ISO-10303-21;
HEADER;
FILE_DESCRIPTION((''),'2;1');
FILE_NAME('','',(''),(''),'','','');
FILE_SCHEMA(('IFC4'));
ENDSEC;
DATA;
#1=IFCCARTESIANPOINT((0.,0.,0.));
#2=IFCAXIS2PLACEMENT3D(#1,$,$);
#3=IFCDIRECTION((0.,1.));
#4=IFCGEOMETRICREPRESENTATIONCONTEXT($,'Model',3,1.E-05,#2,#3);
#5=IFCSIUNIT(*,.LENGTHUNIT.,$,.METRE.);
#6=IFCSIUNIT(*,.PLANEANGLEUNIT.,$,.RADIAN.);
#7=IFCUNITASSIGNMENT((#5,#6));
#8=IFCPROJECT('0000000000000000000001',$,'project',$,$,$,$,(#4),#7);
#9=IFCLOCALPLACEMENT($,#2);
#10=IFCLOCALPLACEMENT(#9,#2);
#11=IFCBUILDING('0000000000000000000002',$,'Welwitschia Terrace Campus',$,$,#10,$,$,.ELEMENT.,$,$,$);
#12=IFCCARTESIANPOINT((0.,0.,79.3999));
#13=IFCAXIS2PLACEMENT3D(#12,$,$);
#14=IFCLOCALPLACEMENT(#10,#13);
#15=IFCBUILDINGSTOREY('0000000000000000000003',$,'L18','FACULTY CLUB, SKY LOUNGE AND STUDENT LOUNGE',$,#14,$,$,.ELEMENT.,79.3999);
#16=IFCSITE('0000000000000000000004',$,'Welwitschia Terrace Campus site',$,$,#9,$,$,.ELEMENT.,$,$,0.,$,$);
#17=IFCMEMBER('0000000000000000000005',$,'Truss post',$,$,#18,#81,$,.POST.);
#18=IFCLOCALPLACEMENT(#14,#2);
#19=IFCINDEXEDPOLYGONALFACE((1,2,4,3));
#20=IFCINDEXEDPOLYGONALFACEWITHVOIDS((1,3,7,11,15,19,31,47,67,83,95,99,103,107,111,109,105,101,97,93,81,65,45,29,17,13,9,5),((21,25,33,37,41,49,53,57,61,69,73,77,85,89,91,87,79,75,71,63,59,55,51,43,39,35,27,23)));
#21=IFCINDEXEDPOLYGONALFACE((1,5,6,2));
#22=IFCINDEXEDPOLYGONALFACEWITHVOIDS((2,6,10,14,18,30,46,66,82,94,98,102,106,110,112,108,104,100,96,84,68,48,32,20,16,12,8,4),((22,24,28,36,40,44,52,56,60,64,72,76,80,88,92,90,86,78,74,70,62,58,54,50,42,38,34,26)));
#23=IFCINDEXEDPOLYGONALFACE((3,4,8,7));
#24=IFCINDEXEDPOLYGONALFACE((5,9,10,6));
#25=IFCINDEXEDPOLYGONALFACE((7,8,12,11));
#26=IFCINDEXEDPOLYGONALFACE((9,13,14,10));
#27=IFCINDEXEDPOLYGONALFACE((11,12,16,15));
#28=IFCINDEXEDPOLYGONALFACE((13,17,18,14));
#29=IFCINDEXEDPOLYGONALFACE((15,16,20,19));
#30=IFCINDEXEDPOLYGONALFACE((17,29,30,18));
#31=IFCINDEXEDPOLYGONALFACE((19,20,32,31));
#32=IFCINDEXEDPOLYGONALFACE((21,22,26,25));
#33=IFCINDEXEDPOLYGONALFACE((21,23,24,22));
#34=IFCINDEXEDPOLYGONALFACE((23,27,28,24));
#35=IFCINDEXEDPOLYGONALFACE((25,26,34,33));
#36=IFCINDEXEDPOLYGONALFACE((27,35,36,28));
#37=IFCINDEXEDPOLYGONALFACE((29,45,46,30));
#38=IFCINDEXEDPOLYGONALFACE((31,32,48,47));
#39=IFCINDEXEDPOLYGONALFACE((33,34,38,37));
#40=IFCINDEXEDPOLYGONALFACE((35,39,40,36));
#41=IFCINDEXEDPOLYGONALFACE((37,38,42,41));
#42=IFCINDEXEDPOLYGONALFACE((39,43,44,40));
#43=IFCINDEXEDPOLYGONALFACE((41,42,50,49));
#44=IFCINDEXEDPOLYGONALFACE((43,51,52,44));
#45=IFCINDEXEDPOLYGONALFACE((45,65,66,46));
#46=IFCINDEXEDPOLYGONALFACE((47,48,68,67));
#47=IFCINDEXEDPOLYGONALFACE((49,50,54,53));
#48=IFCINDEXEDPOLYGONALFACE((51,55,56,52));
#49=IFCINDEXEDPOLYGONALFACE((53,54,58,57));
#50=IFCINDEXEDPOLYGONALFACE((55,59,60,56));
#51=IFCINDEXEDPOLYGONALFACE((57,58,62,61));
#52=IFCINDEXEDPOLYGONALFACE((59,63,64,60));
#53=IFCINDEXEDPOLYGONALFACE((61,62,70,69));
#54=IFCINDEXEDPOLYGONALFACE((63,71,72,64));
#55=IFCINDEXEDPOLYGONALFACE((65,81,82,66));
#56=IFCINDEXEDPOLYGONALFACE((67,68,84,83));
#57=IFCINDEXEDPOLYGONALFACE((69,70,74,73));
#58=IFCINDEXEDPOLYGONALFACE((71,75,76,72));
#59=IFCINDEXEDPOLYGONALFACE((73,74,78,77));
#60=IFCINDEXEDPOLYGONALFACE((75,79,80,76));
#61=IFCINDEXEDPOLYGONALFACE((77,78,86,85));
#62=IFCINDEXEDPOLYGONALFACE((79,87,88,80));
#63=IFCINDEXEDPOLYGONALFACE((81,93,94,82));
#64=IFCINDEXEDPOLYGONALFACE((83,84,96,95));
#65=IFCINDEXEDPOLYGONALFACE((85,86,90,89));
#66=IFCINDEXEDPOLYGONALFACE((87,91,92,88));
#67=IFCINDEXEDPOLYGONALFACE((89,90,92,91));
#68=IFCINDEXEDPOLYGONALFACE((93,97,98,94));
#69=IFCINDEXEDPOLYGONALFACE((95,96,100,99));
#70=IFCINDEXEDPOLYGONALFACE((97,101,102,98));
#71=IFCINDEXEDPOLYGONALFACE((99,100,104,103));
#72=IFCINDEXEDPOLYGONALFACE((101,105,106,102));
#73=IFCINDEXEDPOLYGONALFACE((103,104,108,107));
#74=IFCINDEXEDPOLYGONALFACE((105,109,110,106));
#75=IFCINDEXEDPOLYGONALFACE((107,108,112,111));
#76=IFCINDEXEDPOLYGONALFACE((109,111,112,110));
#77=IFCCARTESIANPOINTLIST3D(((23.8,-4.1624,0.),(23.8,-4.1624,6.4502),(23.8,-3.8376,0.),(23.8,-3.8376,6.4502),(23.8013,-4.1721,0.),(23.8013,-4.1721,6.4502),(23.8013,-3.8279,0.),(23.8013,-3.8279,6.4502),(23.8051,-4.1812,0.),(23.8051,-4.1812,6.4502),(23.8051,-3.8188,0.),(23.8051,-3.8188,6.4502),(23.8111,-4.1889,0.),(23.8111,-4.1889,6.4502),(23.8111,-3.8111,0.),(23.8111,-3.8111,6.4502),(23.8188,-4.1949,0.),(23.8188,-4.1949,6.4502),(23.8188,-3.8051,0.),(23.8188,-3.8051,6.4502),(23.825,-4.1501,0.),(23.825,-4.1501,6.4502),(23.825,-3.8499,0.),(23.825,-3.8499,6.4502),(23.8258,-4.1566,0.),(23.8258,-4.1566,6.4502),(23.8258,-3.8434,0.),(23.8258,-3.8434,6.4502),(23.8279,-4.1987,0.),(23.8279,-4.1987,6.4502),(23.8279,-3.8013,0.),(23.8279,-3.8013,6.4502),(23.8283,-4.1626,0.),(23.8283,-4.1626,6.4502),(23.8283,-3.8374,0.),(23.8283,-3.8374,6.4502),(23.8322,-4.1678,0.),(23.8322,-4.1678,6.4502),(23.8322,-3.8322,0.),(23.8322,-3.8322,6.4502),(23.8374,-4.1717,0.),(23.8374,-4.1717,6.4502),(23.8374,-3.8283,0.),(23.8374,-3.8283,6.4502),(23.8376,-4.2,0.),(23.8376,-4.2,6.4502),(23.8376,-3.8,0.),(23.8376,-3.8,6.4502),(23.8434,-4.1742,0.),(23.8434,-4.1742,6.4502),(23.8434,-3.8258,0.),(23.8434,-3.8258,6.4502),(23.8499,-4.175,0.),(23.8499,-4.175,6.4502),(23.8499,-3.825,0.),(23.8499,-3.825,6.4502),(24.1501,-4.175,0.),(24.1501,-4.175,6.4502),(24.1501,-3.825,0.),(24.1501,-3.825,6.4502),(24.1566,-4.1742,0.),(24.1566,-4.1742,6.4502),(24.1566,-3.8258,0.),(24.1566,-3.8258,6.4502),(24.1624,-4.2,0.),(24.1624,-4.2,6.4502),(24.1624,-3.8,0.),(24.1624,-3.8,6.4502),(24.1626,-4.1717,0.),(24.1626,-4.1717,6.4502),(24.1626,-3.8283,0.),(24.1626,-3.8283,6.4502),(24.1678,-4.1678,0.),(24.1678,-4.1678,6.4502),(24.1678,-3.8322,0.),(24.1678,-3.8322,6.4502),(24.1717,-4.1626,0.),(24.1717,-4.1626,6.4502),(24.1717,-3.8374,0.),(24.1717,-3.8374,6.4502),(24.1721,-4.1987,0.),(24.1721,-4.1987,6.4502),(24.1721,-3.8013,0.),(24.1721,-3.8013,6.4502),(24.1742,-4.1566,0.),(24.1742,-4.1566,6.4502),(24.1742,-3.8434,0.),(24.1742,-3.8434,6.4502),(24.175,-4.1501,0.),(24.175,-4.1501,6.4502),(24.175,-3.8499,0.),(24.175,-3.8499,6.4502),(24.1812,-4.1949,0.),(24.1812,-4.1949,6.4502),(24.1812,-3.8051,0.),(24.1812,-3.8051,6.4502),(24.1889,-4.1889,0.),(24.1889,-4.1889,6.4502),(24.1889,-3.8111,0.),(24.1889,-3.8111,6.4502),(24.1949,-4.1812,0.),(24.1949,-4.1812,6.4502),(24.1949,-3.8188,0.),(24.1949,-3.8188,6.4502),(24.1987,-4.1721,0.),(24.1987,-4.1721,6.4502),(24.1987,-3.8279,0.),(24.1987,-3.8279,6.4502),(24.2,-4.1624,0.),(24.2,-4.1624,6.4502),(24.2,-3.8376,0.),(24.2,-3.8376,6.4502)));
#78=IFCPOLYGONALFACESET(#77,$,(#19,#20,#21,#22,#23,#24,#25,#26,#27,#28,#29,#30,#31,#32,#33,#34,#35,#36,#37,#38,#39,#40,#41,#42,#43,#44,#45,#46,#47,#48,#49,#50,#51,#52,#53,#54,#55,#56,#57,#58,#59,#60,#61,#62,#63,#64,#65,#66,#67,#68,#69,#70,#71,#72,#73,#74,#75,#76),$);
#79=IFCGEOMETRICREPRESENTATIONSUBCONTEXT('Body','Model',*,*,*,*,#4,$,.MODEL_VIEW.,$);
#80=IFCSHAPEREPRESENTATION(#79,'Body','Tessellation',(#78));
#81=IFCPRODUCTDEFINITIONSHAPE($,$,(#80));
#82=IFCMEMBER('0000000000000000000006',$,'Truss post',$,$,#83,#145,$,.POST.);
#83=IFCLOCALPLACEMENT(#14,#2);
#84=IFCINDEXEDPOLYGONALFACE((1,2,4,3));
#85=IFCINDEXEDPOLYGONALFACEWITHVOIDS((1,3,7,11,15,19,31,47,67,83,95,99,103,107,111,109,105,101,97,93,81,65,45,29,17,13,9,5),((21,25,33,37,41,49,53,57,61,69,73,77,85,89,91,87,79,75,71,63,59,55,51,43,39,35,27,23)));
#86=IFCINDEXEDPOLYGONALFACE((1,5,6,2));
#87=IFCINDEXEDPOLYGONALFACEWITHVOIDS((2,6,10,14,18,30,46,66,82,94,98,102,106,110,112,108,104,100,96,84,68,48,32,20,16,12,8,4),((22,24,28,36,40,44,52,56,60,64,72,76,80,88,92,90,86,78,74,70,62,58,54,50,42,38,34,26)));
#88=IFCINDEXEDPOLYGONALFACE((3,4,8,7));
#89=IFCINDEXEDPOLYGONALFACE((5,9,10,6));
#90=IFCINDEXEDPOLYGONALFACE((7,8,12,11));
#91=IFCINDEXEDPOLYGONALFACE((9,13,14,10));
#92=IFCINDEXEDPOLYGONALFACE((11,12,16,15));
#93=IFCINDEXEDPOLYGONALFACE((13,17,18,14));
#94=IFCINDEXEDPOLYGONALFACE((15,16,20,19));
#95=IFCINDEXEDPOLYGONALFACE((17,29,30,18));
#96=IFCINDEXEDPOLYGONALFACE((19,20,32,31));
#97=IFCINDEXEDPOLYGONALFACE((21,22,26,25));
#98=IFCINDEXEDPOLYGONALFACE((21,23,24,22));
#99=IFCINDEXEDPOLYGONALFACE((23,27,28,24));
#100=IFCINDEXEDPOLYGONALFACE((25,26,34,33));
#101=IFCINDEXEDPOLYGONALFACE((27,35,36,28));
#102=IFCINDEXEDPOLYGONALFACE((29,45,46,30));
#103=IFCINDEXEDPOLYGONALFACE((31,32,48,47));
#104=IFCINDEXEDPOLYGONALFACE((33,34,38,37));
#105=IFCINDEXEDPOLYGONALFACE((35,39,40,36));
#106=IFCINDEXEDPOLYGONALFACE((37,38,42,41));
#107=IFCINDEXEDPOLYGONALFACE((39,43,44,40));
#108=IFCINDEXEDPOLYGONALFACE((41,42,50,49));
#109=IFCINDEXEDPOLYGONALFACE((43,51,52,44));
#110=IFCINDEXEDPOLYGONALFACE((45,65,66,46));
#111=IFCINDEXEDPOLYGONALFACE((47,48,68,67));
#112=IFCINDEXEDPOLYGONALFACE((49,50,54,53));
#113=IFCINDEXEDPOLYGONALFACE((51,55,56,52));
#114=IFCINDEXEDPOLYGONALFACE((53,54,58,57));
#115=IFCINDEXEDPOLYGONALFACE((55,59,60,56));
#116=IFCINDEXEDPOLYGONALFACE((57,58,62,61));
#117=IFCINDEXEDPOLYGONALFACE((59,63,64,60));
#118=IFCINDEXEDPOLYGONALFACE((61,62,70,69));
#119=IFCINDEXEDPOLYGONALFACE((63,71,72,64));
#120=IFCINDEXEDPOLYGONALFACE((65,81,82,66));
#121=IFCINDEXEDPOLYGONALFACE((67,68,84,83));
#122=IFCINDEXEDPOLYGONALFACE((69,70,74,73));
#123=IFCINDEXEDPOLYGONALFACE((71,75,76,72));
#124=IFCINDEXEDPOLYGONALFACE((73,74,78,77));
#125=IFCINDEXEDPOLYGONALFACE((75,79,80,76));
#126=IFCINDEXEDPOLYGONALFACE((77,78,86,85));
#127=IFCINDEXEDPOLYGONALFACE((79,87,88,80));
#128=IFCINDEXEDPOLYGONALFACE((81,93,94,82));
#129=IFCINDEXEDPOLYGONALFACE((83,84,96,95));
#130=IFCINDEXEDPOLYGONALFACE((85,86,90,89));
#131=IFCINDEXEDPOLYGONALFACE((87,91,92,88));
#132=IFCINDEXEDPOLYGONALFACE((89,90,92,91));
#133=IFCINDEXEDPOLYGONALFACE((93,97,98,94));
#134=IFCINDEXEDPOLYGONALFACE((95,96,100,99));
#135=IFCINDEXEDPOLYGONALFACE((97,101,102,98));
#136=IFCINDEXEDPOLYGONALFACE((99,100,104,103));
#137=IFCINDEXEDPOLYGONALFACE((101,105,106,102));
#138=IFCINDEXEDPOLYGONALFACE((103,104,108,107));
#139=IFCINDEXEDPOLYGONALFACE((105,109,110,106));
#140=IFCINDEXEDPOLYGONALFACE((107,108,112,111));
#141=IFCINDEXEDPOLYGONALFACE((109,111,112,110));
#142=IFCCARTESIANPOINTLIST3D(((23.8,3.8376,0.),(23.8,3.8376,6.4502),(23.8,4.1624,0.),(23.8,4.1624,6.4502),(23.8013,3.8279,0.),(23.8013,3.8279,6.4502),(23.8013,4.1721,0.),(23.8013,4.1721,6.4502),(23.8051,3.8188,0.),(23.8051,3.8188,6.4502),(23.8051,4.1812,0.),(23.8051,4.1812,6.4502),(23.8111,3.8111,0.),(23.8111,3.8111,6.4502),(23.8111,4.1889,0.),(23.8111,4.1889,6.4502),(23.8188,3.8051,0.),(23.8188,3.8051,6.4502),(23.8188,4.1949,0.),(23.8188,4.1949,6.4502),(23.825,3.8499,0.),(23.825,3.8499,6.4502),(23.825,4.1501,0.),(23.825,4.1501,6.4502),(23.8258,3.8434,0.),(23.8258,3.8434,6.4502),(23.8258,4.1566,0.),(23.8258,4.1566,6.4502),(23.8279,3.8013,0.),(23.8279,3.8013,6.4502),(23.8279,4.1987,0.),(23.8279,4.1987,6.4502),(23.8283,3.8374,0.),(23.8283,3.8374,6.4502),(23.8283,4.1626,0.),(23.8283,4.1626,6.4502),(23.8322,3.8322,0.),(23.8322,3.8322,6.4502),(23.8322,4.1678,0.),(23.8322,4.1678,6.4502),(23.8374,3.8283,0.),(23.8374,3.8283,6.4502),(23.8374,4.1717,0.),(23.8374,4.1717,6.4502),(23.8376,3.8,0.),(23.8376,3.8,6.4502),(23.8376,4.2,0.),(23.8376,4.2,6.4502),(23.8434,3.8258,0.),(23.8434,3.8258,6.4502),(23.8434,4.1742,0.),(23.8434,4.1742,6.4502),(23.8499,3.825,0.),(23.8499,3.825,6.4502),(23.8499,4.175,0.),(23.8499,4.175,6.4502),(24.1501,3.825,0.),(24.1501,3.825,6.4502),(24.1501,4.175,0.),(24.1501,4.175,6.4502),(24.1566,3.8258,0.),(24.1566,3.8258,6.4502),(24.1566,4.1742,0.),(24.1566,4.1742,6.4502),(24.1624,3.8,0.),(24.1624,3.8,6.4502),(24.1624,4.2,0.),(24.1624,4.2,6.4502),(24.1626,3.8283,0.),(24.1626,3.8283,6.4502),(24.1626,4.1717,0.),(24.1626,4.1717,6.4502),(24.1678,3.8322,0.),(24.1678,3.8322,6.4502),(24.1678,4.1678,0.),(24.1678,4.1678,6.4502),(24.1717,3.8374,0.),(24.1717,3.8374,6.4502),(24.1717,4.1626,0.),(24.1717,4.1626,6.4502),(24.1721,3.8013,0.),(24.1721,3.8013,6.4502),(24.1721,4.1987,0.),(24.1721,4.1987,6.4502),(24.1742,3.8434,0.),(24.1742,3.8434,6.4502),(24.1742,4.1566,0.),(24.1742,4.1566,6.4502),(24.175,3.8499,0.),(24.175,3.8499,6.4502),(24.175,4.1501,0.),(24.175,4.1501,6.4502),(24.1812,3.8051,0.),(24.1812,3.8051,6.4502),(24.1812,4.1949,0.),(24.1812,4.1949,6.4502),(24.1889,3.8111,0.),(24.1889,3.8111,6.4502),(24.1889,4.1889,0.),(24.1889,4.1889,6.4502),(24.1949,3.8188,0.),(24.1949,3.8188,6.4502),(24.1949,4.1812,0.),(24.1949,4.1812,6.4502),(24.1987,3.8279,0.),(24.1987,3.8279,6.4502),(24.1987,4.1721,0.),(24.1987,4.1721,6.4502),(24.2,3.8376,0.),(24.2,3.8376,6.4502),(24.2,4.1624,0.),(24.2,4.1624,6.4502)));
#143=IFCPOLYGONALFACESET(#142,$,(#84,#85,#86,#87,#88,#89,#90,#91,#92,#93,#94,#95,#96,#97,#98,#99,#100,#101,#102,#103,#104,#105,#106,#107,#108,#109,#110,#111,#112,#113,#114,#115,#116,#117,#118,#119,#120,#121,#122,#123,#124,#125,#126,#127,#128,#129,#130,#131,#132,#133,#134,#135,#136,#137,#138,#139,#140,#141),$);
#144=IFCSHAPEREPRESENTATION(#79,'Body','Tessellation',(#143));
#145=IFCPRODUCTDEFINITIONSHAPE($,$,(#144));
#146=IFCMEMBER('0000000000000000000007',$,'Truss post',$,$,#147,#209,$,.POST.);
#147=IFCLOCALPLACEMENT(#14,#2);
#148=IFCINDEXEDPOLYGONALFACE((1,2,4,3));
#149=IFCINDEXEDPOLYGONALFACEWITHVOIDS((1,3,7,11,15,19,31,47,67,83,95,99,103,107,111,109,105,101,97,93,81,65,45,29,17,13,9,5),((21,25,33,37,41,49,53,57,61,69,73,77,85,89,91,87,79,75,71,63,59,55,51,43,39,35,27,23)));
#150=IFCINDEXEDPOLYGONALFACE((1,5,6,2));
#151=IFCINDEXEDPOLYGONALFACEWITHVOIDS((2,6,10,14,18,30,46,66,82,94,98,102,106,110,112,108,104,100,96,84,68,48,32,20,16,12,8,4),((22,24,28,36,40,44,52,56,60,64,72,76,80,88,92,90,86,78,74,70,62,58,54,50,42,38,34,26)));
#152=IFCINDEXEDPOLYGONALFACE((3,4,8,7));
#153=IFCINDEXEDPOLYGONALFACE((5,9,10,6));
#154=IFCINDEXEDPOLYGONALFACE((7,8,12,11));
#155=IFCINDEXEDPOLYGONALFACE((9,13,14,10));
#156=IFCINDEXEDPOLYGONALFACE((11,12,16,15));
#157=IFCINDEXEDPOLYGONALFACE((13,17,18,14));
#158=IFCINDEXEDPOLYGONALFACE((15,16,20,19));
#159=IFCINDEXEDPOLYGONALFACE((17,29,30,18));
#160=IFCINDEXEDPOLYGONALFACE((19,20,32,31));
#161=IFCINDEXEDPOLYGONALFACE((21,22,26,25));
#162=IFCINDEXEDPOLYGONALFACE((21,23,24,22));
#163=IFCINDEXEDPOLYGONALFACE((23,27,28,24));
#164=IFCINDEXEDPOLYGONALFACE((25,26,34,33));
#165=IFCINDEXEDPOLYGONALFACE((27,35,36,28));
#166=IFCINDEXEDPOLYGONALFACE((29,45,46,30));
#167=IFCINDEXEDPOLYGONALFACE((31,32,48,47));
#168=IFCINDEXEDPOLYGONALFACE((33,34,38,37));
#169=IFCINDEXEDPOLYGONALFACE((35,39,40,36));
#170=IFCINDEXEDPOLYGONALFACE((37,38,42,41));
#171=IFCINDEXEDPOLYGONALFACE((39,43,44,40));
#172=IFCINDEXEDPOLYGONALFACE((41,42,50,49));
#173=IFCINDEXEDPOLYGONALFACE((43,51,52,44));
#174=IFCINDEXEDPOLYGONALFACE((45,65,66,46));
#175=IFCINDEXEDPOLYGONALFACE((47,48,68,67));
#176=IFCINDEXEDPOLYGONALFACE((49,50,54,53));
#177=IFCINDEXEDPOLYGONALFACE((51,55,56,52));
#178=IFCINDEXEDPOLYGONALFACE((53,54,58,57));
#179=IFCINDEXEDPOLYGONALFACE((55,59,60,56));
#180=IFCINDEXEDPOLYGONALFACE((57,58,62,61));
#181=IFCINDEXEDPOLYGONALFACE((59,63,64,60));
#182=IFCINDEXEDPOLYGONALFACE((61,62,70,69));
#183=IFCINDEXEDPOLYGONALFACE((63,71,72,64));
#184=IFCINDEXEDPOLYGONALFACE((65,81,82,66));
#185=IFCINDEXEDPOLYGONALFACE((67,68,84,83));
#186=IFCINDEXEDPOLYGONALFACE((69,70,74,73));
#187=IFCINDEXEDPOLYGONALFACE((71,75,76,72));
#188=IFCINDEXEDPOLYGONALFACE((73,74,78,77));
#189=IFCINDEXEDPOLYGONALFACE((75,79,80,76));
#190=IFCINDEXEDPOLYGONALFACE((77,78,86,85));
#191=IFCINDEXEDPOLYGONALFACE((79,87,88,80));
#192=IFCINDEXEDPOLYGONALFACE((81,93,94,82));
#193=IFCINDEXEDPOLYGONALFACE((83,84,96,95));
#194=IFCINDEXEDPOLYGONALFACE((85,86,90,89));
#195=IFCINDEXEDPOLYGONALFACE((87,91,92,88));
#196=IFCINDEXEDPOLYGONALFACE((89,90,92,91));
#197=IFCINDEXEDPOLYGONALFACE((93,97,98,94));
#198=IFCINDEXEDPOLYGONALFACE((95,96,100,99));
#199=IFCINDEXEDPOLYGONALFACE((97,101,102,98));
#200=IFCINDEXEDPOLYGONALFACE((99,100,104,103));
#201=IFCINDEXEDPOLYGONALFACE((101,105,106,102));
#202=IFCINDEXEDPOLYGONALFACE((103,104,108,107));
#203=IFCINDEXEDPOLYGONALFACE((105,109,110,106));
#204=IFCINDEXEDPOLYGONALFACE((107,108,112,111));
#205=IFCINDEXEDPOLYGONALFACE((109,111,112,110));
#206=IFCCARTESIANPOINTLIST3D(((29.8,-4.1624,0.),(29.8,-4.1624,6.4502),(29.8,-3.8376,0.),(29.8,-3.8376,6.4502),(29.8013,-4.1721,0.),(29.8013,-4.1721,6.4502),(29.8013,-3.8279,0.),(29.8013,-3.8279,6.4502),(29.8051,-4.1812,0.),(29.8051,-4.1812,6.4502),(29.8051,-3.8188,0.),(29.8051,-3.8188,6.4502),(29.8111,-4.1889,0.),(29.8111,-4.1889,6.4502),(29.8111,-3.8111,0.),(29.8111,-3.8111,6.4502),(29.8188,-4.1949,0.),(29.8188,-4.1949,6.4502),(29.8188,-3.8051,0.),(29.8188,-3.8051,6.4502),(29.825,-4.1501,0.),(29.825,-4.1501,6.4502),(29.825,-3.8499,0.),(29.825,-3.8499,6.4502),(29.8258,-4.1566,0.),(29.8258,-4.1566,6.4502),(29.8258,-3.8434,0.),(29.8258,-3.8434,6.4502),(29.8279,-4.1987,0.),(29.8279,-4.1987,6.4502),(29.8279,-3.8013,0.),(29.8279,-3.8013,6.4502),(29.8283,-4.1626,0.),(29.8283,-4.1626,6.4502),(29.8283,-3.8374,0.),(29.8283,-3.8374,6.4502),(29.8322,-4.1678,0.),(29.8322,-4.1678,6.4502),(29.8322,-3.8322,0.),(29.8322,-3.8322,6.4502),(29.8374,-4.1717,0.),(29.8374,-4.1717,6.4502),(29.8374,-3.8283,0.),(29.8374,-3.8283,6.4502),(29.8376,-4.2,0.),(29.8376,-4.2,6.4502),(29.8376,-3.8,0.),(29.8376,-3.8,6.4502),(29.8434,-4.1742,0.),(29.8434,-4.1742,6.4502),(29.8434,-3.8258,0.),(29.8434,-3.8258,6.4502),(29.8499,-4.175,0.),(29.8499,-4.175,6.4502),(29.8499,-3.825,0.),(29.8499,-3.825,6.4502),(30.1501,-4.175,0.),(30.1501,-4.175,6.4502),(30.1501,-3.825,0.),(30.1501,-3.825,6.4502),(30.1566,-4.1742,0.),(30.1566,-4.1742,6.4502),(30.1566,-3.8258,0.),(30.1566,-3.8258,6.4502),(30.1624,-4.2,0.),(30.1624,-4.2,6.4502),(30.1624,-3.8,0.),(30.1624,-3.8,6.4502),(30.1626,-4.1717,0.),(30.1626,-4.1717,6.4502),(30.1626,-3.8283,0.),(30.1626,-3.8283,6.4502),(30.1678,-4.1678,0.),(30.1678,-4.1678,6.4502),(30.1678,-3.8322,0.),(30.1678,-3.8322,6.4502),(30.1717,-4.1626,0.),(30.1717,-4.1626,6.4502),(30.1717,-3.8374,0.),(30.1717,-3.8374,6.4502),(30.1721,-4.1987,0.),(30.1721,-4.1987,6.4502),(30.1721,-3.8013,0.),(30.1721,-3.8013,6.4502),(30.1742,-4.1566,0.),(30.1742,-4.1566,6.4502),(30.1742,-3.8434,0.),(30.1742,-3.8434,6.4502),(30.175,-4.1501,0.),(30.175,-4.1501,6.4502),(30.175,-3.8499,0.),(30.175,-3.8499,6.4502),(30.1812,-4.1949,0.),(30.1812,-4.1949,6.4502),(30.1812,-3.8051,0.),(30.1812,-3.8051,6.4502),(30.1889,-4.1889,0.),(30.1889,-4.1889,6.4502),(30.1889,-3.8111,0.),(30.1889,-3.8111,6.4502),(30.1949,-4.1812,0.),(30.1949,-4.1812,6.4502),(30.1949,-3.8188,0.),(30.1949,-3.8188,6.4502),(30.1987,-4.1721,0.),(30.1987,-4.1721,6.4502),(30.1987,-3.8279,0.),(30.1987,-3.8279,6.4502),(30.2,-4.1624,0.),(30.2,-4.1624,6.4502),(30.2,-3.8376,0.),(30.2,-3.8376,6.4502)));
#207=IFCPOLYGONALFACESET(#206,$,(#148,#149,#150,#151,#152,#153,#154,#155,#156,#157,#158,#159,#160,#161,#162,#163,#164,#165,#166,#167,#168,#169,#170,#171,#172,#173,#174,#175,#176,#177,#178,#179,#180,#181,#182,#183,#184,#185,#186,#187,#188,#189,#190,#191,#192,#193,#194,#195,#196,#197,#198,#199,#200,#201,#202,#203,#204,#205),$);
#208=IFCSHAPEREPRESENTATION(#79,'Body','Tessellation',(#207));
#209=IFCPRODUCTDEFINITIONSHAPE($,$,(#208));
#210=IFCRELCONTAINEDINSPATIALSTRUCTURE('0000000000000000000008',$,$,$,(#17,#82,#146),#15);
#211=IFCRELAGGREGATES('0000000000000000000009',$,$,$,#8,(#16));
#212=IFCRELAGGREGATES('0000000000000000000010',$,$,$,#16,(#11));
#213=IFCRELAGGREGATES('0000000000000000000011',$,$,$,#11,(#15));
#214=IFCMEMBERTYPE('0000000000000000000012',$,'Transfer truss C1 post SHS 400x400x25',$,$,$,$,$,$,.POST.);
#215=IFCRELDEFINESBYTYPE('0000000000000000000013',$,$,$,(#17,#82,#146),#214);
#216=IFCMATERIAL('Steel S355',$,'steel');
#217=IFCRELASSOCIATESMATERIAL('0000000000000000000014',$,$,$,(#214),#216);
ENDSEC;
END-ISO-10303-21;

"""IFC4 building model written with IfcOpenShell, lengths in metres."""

from ifc_helpers import new_model, si_unit, direction, frame, origin, origin_2d, place, context, subcontext, project, spatial, hollow_rectangle, extrude, material, material_profile, profile_set, type_object, element, save


model = new_model("IFC4")

# Units and contexts
model_context = context("Model", 3, precision=1e-05, world=origin(), true_north=direction((0.0, 1.0)))
body_context = subcontext(model_context, "Body", "Model", "MODEL_VIEW")
ifc_project = project(units=[si_unit("LENGTHUNIT", "METRE"), si_unit("PLANEANGLEUNIT", "RADIAN")], contexts=[model_context])

# Site, building, storey
site_placement = place(None, origin())
site = spatial("IfcSite", under=ifc_project, at=site_placement, Name="Welwitschia Terrace Campus site", CompositionType="ELEMENT", RefElevation=0.0)
building_placement = place(site_placement, origin())
building = spatial("IfcBuilding", under=site, at=building_placement, Name="Welwitschia Terrace Campus", CompositionType="ELEMENT")
storey_placement = place(building_placement, frame((0.0, 0.0, 79.3999)))
storey = spatial("IfcBuildingStorey", under=building, at=storey_placement, Name="L18", Description="FACULTY CLUB, SKY LOUNGE AND STUDENT LOUNGE", CompositionType="ELEMENT", Elevation=79.3999)

# Members
ifc_material_1 = material(Name="Steel S355", Category="steel")
ifc_material_profile_1 = material_profile(ifc_material_1, hollow_rectangle(XDim=0.3999, YDim=0.3999, WallThickness=0.0249, InnerFilletRadius=0.0249, OuterFilletRadius=0.0376, at=origin_2d()))
ifc_profile_set_1 = profile_set([ifc_material_profile_1], Name="Steel S355")
member_type_1 = type_object("IfcMemberType", Name="Transfer truss C1 post SHS 400x400x25", PredefinedType="POST", material=ifc_profile_set_1)
for number, where, z_axis, x_axis, name in (
    (1, (24.0, -4.0, 0.0), (0.0, 0.0, 1.0), (1.0, 0.0, 0.0), "Truss post"),
    (2, (24.0, 4.0, 0.0), (0.0, 0.0, 1.0), (1.0, 0.0, 0.0), "Truss post"),
    (3, (30.0, -4.0, 0.0), (0.0, 0.0, 1.0), (1.0, 0.0, 0.0), "Truss post"),
):
    element("IfcMember", number, at=place(storey_placement, frame(where, z_axis=z_axis, x_axis=x_axis)), inside=storey, type_object=member_type_1, Name=name, PredefinedType="POST", context=body_context, shape_type="SweptSolid", body=[
        extrude(hollow_rectangle(XDim=0.3999, YDim=0.3999, WallThickness=0.0249, InnerFilletRadius=0.0249, OuterFilletRadius=0.0376, at=origin_2d()), origin(), (0.0, 0.0, 1.0), 6.4502),
    ])

save(model, "model.ifc")
